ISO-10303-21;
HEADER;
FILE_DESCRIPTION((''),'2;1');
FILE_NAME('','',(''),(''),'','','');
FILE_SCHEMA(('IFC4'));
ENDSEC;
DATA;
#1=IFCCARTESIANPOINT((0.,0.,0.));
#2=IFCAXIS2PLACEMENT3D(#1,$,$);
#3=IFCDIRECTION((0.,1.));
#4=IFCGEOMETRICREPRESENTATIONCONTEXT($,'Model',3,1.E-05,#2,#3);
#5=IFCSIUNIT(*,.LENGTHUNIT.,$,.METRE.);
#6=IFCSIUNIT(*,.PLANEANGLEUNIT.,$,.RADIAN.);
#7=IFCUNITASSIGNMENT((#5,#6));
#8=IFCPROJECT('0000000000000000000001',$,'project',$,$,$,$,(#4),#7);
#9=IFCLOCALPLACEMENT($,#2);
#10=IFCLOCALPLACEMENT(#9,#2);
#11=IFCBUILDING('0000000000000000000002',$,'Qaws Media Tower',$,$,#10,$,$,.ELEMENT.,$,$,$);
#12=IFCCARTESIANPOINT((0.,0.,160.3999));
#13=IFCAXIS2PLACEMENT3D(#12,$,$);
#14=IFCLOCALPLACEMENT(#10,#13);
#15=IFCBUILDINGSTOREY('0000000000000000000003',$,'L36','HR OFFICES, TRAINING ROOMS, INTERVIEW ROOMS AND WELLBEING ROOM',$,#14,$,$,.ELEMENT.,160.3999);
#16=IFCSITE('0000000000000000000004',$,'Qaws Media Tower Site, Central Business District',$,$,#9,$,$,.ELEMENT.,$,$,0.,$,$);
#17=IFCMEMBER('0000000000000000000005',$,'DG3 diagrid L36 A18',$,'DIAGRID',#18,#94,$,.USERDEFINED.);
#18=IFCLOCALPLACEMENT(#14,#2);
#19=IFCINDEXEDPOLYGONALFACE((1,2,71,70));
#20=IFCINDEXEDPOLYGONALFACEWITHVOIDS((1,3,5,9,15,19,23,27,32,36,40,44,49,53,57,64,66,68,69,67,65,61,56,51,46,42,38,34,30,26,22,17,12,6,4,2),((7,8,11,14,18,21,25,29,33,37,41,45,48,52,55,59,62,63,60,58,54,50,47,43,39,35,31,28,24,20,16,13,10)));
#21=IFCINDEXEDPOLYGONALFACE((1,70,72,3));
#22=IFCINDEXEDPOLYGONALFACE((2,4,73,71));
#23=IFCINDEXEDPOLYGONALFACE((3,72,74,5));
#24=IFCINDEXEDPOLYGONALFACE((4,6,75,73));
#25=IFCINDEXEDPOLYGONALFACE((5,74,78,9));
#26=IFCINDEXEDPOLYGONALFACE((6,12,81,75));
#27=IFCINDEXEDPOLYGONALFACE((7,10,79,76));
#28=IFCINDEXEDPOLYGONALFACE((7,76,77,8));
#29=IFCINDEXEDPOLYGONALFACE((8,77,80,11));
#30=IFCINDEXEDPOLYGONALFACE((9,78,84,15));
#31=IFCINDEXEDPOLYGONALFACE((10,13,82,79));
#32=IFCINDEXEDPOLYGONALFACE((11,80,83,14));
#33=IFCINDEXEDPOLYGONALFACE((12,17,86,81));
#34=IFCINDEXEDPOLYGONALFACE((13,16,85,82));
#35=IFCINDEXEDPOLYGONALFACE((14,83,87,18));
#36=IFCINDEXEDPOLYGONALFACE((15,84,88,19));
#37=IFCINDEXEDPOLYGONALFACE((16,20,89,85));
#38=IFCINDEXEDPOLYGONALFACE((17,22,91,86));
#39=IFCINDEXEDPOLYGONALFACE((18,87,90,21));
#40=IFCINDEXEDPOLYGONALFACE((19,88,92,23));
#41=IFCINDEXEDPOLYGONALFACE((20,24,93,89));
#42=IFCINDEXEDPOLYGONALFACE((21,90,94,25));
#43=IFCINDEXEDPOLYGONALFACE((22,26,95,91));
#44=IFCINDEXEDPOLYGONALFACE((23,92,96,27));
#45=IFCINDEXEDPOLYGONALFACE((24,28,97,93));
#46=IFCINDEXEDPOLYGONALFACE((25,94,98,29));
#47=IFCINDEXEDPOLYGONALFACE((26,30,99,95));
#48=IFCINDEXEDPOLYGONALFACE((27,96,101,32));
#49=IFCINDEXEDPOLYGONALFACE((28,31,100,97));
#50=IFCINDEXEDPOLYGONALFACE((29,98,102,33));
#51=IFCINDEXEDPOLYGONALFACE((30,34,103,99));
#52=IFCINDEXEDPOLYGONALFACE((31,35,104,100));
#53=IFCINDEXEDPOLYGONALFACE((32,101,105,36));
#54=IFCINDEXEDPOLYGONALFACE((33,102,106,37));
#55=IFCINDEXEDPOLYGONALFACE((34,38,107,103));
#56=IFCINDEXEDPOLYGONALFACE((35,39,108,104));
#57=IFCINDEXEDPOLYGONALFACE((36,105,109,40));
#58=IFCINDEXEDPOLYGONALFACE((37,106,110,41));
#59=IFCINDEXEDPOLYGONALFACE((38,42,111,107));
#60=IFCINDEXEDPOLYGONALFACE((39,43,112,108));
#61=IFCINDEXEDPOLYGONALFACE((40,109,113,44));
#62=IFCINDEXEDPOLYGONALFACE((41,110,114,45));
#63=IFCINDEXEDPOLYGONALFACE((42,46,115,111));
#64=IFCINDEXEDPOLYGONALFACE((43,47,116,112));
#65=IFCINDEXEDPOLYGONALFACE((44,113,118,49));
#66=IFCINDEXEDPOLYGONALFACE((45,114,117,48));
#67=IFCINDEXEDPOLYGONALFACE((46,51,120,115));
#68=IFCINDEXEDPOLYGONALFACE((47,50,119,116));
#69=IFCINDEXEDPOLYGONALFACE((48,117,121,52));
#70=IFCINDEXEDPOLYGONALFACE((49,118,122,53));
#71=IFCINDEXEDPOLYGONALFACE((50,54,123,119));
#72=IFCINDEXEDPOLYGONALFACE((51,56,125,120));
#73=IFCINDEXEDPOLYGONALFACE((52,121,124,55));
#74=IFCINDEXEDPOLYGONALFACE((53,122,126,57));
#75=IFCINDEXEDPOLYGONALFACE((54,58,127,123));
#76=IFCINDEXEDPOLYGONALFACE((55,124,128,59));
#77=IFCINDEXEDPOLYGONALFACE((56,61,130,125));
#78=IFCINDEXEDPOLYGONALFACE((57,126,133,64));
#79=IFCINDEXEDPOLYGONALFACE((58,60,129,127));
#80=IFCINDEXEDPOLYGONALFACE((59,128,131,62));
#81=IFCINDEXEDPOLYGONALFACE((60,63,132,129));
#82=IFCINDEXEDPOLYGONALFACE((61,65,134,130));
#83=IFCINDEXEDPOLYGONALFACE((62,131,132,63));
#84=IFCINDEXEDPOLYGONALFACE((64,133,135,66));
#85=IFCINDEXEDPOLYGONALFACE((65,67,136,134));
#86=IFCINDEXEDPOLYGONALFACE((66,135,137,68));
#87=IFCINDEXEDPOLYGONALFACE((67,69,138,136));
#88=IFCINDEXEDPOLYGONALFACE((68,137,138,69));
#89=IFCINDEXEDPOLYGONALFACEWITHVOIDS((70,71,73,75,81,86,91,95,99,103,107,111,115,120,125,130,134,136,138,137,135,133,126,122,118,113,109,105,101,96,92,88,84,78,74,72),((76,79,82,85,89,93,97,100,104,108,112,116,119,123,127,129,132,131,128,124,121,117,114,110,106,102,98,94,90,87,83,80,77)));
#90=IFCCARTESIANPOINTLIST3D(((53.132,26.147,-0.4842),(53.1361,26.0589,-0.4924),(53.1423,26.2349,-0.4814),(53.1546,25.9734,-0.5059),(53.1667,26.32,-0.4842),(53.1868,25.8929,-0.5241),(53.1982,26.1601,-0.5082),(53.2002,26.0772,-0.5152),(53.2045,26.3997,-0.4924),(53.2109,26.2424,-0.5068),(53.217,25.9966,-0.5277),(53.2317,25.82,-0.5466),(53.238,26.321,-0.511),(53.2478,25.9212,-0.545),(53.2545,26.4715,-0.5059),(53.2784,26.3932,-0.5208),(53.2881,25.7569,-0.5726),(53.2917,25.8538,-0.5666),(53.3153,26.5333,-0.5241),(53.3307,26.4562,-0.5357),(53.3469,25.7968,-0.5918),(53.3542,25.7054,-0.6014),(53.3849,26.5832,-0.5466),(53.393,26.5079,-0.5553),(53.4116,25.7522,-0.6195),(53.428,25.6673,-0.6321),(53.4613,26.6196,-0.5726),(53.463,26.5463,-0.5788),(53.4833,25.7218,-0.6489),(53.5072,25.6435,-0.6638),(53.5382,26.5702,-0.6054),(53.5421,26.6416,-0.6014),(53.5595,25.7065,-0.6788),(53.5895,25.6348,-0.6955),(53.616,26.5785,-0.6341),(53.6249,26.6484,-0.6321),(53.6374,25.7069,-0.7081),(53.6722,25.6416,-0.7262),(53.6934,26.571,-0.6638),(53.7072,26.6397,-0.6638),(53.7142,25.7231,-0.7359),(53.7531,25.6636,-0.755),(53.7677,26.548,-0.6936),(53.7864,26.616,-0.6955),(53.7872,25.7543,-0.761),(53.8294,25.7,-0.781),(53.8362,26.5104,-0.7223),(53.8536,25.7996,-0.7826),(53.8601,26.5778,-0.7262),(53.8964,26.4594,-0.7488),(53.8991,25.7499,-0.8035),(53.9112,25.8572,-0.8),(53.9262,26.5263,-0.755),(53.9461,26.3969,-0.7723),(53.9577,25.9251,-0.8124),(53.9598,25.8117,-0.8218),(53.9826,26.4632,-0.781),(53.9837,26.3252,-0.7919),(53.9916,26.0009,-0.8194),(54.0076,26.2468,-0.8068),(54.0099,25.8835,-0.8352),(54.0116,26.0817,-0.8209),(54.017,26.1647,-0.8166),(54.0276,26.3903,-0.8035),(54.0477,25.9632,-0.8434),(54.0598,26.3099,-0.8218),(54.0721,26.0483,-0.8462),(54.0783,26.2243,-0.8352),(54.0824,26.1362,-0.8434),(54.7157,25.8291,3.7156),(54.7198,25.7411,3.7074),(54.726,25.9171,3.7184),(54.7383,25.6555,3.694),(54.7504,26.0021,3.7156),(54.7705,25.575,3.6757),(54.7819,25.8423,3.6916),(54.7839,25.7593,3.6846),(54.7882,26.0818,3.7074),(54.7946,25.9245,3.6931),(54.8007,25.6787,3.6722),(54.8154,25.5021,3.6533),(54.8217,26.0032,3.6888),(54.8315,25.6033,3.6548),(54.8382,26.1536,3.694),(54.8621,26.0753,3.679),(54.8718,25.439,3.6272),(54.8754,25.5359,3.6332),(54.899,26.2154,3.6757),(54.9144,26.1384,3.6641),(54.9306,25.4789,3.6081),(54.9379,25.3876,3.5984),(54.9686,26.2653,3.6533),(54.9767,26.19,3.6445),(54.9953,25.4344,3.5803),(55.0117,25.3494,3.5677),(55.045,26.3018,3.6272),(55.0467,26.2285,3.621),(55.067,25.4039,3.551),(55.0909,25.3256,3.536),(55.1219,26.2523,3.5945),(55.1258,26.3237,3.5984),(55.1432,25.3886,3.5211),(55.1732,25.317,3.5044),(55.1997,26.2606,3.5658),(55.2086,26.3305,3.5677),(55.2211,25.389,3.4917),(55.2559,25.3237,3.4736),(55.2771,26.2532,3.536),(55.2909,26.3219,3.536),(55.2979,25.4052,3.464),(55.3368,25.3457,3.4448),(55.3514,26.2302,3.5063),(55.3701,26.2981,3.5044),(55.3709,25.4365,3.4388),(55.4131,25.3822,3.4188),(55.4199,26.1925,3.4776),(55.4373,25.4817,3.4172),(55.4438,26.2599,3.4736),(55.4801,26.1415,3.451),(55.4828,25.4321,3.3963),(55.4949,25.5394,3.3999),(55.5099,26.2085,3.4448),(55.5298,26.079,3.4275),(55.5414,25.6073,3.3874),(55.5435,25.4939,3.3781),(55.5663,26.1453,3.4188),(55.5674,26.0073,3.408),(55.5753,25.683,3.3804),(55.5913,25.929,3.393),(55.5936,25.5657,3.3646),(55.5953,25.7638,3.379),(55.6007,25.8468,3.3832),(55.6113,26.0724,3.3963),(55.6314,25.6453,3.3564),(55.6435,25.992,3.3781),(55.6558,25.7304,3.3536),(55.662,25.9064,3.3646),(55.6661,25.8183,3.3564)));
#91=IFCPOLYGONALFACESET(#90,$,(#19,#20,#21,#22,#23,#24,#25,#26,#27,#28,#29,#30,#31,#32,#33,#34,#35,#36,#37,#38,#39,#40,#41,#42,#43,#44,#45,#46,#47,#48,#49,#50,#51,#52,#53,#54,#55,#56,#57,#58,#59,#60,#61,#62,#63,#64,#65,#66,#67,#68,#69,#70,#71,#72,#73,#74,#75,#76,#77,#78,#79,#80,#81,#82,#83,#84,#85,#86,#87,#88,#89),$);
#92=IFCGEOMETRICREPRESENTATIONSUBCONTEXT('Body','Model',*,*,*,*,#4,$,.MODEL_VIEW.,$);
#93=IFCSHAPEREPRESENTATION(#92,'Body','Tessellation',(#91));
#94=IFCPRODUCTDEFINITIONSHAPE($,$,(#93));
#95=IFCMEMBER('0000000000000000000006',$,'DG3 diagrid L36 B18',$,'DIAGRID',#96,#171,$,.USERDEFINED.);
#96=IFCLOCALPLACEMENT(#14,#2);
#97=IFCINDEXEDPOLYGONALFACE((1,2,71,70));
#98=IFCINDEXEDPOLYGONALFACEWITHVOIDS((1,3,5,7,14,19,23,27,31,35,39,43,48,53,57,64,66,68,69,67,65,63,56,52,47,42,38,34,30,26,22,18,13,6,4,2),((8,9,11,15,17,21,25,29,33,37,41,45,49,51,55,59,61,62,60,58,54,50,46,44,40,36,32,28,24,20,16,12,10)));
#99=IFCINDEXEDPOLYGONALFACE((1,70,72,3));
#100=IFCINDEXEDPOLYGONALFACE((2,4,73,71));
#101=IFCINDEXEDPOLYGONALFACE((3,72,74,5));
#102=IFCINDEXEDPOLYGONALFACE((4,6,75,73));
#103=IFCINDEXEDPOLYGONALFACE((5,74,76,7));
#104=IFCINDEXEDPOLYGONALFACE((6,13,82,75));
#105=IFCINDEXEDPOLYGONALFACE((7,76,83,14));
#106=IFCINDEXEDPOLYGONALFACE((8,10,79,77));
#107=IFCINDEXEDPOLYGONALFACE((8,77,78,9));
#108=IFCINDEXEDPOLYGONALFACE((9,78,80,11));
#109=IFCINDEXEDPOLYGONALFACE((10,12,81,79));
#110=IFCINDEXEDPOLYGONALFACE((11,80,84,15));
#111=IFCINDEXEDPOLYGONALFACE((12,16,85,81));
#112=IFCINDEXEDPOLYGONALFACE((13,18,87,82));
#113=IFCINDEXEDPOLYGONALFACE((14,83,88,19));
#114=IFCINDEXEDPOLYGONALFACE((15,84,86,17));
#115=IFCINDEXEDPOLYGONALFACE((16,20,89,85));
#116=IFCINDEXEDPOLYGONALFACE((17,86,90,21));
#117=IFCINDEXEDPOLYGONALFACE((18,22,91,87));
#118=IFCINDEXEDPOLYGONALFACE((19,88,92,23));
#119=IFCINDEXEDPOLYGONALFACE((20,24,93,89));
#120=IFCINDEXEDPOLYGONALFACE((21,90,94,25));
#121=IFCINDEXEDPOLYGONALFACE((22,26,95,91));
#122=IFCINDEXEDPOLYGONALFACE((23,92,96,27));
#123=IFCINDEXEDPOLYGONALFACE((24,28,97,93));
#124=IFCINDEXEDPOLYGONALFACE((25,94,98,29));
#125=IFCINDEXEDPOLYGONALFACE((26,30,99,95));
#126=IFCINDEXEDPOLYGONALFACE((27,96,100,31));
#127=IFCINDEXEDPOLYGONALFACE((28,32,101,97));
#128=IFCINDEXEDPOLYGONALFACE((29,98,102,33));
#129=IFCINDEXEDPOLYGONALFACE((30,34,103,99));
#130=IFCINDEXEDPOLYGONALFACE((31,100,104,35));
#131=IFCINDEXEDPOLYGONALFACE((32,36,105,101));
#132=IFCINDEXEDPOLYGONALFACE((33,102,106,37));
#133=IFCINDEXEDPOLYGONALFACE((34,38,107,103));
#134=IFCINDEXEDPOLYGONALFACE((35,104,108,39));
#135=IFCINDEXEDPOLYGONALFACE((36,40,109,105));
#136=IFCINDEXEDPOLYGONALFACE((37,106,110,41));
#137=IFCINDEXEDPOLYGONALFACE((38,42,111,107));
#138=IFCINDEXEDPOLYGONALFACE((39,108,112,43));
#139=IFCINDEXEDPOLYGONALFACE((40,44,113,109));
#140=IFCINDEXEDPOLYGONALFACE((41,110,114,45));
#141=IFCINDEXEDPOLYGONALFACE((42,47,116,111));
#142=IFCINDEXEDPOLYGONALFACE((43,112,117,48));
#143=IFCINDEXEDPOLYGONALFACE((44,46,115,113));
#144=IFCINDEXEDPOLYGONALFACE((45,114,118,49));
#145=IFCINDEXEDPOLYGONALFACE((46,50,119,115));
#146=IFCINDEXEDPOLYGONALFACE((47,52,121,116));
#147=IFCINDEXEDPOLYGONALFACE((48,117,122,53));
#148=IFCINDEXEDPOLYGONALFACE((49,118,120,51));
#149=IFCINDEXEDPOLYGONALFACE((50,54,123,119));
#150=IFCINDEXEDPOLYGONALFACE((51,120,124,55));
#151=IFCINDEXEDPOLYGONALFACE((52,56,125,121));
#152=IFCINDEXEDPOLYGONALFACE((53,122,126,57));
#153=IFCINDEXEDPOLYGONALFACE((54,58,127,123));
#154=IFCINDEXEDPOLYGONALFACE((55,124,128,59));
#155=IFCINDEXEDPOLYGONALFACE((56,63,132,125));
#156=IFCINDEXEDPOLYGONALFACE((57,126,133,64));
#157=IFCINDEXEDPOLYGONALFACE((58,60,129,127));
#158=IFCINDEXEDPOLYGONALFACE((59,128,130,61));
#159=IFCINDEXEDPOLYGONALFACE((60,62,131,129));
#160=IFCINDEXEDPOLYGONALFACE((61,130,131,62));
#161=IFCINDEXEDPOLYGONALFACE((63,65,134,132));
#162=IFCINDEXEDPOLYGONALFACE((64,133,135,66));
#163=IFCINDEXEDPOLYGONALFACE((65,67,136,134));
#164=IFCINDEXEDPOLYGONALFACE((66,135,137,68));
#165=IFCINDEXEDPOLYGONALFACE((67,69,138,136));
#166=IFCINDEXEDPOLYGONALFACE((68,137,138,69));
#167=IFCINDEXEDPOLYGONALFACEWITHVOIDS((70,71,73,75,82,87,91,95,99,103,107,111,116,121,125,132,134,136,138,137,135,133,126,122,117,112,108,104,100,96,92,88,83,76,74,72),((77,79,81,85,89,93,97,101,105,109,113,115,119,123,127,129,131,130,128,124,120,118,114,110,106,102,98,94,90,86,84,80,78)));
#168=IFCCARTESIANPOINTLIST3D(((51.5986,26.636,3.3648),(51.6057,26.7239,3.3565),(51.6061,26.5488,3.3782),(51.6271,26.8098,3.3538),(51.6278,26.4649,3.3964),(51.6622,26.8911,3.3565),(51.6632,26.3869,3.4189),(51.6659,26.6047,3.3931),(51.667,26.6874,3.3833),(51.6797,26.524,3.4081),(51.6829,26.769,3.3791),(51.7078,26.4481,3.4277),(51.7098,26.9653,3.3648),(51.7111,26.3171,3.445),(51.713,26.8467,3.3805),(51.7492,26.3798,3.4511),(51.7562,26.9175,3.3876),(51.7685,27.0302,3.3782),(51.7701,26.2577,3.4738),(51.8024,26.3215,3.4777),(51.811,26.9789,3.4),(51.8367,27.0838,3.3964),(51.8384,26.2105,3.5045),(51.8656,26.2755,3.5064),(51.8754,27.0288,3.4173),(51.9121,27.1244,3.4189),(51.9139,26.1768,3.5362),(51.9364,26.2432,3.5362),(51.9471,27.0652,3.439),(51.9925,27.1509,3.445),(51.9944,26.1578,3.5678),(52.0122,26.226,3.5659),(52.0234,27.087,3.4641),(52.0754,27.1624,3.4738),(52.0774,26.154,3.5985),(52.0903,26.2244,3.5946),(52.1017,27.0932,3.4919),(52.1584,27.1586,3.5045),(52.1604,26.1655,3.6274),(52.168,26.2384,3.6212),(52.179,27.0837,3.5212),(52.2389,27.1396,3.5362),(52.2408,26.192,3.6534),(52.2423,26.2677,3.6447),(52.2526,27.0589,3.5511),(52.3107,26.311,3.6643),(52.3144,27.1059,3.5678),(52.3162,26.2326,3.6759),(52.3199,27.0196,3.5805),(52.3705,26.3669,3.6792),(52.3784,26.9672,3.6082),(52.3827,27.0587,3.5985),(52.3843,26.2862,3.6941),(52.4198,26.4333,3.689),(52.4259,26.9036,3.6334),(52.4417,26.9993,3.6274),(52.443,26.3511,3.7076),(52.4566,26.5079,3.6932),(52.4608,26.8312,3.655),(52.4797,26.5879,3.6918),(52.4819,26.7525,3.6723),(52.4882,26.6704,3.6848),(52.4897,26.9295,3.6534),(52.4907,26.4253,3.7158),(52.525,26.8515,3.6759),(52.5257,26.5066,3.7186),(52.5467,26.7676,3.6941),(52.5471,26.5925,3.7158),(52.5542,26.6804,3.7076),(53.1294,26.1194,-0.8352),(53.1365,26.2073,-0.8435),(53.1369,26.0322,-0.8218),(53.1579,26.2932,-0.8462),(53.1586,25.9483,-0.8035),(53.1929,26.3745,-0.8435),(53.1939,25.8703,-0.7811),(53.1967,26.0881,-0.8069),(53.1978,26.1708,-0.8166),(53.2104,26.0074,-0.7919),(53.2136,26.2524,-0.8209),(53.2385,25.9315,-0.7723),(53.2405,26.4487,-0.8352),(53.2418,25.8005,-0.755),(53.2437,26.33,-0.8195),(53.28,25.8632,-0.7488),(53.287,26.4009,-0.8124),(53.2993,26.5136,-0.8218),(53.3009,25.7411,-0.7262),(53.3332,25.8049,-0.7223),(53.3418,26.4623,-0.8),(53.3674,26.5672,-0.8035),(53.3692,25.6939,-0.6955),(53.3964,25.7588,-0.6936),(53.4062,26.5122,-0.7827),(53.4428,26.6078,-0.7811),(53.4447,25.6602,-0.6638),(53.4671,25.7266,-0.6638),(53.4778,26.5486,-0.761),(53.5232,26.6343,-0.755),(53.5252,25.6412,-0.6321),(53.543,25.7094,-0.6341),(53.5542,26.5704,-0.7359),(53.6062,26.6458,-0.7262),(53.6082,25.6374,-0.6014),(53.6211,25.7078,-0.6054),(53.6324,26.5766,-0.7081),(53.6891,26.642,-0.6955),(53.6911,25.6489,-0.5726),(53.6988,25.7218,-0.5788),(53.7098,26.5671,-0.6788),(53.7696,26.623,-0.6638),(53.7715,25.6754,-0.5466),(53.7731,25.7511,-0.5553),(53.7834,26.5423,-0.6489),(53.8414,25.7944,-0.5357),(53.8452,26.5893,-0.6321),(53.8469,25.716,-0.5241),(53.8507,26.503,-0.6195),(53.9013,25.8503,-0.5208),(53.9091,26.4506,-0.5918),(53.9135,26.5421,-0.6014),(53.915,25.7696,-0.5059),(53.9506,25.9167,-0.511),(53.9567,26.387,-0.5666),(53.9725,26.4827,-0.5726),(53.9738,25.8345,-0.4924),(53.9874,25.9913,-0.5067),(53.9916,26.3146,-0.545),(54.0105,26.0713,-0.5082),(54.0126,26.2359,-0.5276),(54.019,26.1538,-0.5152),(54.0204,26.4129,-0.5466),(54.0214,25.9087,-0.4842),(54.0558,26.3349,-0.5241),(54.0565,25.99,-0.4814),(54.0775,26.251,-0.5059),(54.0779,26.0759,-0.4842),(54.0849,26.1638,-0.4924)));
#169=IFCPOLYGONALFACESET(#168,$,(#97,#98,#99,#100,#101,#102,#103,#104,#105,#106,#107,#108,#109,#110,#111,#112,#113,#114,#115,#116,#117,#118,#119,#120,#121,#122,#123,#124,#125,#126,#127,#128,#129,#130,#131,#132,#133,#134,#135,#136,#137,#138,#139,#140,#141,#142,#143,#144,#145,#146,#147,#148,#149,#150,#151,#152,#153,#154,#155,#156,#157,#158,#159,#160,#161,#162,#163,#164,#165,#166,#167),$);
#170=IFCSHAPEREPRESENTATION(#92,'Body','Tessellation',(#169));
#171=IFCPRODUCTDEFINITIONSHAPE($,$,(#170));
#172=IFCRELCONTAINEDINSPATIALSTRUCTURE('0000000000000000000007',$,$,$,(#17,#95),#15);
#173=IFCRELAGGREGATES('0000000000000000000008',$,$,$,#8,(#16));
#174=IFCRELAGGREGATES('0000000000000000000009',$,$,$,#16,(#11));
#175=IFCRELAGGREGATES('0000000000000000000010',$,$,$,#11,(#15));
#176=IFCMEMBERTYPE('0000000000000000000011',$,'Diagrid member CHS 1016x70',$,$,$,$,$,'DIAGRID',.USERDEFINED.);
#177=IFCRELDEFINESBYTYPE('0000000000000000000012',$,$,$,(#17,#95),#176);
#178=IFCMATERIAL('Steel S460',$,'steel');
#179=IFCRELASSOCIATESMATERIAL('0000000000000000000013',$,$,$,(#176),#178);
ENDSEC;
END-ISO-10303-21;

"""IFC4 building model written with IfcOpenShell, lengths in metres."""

from ifc_helpers import new_model, si_unit, direction, frame, origin, origin_2d, place, context, subcontext, project, spatial, hollow_circle, extrude, material, material_profile, profile_set, type_object, element, save


model = new_model("IFC4")

# Units and contexts
model_context = context("Model", 3, precision=1e-05, world=origin(), true_north=direction((0.0, 1.0)))
body_context = subcontext(model_context, "Body", "Model", "MODEL_VIEW")
ifc_project = project(units=[si_unit("LENGTHUNIT", "METRE"), si_unit("PLANEANGLEUNIT", "RADIAN")], contexts=[model_context])

# Site, building, storey
site_placement = place(None, origin())
site = spatial("IfcSite", under=ifc_project, at=site_placement, Name="Qaws Media Tower Site, Central Business District", CompositionType="ELEMENT", RefElevation=0.0)
building_placement = place(site_placement, origin())
building = spatial("IfcBuilding", under=site, at=building_placement, Name="Qaws Media Tower", CompositionType="ELEMENT")
storey_placement = place(building_placement, frame((0.0, 0.0, 160.3999)))
storey = spatial("IfcBuildingStorey", under=building, at=storey_placement, Name="L36", Description="HR OFFICES, TRAINING ROOMS, INTERVIEW ROOMS AND WELLBEING ROOM", CompositionType="ELEMENT", Elevation=160.3999)

# Members
ifc_material_1 = material(Name="Steel S460", Category="steel")
ifc_material_profile_1 = material_profile(ifc_material_1, hollow_circle(Radius=0.5081, WallThickness=0.0701, at=origin_2d()), Name="CHS 1016x70")
ifc_profile_set_1 = profile_set([ifc_material_profile_1], Name="Steel S460")
member_type_1 = type_object("IfcMemberType", Name="Diagrid member CHS 1016x70", ElementType="DIAGRID", PredefinedType="USERDEFINED", material=ifc_profile_set_1)
member_1_placement = place(storey_placement, frame((53.6072, 26.1416, -0.6638), z_axis=(0.351952, -0.07064, 0.933349), x_axis=(0.196785, 0.980447, 0.0)))
element("IfcMember", 1, at=member_1_placement, inside=storey, type_object=member_type_1, Name="DG3 diagrid L36 A18", ObjectType="DIAGRID", PredefinedType="USERDEFINED", context=body_context, shape_type="SweptSolid", body=[
    extrude(hollow_circle(Radius=0.5081, WallThickness=0.0701, at=origin_2d()), origin(), (0.0, 0.0, 1.0), 4.4998),
])
member_2_placement = place(storey_placement, frame((53.6072, 26.1416, -0.6638), z_axis=(-0.340172, 0.114801, 0.933329), x_axis=(-0.319762, -0.947498, 0.0)))
element("IfcMember", 2, at=member_2_placement, inside=storey, type_object=member_type_1, Name="DG3 diagrid L36 B18", ObjectType="DIAGRID", PredefinedType="USERDEFINED", context=body_context, shape_type="SweptSolid", body=[
    extrude(hollow_circle(Radius=0.5081, WallThickness=0.0701, at=origin_2d()), origin(), (0.0, 0.0, 1.0), 4.5),
])

save(model, "model.ifc")
